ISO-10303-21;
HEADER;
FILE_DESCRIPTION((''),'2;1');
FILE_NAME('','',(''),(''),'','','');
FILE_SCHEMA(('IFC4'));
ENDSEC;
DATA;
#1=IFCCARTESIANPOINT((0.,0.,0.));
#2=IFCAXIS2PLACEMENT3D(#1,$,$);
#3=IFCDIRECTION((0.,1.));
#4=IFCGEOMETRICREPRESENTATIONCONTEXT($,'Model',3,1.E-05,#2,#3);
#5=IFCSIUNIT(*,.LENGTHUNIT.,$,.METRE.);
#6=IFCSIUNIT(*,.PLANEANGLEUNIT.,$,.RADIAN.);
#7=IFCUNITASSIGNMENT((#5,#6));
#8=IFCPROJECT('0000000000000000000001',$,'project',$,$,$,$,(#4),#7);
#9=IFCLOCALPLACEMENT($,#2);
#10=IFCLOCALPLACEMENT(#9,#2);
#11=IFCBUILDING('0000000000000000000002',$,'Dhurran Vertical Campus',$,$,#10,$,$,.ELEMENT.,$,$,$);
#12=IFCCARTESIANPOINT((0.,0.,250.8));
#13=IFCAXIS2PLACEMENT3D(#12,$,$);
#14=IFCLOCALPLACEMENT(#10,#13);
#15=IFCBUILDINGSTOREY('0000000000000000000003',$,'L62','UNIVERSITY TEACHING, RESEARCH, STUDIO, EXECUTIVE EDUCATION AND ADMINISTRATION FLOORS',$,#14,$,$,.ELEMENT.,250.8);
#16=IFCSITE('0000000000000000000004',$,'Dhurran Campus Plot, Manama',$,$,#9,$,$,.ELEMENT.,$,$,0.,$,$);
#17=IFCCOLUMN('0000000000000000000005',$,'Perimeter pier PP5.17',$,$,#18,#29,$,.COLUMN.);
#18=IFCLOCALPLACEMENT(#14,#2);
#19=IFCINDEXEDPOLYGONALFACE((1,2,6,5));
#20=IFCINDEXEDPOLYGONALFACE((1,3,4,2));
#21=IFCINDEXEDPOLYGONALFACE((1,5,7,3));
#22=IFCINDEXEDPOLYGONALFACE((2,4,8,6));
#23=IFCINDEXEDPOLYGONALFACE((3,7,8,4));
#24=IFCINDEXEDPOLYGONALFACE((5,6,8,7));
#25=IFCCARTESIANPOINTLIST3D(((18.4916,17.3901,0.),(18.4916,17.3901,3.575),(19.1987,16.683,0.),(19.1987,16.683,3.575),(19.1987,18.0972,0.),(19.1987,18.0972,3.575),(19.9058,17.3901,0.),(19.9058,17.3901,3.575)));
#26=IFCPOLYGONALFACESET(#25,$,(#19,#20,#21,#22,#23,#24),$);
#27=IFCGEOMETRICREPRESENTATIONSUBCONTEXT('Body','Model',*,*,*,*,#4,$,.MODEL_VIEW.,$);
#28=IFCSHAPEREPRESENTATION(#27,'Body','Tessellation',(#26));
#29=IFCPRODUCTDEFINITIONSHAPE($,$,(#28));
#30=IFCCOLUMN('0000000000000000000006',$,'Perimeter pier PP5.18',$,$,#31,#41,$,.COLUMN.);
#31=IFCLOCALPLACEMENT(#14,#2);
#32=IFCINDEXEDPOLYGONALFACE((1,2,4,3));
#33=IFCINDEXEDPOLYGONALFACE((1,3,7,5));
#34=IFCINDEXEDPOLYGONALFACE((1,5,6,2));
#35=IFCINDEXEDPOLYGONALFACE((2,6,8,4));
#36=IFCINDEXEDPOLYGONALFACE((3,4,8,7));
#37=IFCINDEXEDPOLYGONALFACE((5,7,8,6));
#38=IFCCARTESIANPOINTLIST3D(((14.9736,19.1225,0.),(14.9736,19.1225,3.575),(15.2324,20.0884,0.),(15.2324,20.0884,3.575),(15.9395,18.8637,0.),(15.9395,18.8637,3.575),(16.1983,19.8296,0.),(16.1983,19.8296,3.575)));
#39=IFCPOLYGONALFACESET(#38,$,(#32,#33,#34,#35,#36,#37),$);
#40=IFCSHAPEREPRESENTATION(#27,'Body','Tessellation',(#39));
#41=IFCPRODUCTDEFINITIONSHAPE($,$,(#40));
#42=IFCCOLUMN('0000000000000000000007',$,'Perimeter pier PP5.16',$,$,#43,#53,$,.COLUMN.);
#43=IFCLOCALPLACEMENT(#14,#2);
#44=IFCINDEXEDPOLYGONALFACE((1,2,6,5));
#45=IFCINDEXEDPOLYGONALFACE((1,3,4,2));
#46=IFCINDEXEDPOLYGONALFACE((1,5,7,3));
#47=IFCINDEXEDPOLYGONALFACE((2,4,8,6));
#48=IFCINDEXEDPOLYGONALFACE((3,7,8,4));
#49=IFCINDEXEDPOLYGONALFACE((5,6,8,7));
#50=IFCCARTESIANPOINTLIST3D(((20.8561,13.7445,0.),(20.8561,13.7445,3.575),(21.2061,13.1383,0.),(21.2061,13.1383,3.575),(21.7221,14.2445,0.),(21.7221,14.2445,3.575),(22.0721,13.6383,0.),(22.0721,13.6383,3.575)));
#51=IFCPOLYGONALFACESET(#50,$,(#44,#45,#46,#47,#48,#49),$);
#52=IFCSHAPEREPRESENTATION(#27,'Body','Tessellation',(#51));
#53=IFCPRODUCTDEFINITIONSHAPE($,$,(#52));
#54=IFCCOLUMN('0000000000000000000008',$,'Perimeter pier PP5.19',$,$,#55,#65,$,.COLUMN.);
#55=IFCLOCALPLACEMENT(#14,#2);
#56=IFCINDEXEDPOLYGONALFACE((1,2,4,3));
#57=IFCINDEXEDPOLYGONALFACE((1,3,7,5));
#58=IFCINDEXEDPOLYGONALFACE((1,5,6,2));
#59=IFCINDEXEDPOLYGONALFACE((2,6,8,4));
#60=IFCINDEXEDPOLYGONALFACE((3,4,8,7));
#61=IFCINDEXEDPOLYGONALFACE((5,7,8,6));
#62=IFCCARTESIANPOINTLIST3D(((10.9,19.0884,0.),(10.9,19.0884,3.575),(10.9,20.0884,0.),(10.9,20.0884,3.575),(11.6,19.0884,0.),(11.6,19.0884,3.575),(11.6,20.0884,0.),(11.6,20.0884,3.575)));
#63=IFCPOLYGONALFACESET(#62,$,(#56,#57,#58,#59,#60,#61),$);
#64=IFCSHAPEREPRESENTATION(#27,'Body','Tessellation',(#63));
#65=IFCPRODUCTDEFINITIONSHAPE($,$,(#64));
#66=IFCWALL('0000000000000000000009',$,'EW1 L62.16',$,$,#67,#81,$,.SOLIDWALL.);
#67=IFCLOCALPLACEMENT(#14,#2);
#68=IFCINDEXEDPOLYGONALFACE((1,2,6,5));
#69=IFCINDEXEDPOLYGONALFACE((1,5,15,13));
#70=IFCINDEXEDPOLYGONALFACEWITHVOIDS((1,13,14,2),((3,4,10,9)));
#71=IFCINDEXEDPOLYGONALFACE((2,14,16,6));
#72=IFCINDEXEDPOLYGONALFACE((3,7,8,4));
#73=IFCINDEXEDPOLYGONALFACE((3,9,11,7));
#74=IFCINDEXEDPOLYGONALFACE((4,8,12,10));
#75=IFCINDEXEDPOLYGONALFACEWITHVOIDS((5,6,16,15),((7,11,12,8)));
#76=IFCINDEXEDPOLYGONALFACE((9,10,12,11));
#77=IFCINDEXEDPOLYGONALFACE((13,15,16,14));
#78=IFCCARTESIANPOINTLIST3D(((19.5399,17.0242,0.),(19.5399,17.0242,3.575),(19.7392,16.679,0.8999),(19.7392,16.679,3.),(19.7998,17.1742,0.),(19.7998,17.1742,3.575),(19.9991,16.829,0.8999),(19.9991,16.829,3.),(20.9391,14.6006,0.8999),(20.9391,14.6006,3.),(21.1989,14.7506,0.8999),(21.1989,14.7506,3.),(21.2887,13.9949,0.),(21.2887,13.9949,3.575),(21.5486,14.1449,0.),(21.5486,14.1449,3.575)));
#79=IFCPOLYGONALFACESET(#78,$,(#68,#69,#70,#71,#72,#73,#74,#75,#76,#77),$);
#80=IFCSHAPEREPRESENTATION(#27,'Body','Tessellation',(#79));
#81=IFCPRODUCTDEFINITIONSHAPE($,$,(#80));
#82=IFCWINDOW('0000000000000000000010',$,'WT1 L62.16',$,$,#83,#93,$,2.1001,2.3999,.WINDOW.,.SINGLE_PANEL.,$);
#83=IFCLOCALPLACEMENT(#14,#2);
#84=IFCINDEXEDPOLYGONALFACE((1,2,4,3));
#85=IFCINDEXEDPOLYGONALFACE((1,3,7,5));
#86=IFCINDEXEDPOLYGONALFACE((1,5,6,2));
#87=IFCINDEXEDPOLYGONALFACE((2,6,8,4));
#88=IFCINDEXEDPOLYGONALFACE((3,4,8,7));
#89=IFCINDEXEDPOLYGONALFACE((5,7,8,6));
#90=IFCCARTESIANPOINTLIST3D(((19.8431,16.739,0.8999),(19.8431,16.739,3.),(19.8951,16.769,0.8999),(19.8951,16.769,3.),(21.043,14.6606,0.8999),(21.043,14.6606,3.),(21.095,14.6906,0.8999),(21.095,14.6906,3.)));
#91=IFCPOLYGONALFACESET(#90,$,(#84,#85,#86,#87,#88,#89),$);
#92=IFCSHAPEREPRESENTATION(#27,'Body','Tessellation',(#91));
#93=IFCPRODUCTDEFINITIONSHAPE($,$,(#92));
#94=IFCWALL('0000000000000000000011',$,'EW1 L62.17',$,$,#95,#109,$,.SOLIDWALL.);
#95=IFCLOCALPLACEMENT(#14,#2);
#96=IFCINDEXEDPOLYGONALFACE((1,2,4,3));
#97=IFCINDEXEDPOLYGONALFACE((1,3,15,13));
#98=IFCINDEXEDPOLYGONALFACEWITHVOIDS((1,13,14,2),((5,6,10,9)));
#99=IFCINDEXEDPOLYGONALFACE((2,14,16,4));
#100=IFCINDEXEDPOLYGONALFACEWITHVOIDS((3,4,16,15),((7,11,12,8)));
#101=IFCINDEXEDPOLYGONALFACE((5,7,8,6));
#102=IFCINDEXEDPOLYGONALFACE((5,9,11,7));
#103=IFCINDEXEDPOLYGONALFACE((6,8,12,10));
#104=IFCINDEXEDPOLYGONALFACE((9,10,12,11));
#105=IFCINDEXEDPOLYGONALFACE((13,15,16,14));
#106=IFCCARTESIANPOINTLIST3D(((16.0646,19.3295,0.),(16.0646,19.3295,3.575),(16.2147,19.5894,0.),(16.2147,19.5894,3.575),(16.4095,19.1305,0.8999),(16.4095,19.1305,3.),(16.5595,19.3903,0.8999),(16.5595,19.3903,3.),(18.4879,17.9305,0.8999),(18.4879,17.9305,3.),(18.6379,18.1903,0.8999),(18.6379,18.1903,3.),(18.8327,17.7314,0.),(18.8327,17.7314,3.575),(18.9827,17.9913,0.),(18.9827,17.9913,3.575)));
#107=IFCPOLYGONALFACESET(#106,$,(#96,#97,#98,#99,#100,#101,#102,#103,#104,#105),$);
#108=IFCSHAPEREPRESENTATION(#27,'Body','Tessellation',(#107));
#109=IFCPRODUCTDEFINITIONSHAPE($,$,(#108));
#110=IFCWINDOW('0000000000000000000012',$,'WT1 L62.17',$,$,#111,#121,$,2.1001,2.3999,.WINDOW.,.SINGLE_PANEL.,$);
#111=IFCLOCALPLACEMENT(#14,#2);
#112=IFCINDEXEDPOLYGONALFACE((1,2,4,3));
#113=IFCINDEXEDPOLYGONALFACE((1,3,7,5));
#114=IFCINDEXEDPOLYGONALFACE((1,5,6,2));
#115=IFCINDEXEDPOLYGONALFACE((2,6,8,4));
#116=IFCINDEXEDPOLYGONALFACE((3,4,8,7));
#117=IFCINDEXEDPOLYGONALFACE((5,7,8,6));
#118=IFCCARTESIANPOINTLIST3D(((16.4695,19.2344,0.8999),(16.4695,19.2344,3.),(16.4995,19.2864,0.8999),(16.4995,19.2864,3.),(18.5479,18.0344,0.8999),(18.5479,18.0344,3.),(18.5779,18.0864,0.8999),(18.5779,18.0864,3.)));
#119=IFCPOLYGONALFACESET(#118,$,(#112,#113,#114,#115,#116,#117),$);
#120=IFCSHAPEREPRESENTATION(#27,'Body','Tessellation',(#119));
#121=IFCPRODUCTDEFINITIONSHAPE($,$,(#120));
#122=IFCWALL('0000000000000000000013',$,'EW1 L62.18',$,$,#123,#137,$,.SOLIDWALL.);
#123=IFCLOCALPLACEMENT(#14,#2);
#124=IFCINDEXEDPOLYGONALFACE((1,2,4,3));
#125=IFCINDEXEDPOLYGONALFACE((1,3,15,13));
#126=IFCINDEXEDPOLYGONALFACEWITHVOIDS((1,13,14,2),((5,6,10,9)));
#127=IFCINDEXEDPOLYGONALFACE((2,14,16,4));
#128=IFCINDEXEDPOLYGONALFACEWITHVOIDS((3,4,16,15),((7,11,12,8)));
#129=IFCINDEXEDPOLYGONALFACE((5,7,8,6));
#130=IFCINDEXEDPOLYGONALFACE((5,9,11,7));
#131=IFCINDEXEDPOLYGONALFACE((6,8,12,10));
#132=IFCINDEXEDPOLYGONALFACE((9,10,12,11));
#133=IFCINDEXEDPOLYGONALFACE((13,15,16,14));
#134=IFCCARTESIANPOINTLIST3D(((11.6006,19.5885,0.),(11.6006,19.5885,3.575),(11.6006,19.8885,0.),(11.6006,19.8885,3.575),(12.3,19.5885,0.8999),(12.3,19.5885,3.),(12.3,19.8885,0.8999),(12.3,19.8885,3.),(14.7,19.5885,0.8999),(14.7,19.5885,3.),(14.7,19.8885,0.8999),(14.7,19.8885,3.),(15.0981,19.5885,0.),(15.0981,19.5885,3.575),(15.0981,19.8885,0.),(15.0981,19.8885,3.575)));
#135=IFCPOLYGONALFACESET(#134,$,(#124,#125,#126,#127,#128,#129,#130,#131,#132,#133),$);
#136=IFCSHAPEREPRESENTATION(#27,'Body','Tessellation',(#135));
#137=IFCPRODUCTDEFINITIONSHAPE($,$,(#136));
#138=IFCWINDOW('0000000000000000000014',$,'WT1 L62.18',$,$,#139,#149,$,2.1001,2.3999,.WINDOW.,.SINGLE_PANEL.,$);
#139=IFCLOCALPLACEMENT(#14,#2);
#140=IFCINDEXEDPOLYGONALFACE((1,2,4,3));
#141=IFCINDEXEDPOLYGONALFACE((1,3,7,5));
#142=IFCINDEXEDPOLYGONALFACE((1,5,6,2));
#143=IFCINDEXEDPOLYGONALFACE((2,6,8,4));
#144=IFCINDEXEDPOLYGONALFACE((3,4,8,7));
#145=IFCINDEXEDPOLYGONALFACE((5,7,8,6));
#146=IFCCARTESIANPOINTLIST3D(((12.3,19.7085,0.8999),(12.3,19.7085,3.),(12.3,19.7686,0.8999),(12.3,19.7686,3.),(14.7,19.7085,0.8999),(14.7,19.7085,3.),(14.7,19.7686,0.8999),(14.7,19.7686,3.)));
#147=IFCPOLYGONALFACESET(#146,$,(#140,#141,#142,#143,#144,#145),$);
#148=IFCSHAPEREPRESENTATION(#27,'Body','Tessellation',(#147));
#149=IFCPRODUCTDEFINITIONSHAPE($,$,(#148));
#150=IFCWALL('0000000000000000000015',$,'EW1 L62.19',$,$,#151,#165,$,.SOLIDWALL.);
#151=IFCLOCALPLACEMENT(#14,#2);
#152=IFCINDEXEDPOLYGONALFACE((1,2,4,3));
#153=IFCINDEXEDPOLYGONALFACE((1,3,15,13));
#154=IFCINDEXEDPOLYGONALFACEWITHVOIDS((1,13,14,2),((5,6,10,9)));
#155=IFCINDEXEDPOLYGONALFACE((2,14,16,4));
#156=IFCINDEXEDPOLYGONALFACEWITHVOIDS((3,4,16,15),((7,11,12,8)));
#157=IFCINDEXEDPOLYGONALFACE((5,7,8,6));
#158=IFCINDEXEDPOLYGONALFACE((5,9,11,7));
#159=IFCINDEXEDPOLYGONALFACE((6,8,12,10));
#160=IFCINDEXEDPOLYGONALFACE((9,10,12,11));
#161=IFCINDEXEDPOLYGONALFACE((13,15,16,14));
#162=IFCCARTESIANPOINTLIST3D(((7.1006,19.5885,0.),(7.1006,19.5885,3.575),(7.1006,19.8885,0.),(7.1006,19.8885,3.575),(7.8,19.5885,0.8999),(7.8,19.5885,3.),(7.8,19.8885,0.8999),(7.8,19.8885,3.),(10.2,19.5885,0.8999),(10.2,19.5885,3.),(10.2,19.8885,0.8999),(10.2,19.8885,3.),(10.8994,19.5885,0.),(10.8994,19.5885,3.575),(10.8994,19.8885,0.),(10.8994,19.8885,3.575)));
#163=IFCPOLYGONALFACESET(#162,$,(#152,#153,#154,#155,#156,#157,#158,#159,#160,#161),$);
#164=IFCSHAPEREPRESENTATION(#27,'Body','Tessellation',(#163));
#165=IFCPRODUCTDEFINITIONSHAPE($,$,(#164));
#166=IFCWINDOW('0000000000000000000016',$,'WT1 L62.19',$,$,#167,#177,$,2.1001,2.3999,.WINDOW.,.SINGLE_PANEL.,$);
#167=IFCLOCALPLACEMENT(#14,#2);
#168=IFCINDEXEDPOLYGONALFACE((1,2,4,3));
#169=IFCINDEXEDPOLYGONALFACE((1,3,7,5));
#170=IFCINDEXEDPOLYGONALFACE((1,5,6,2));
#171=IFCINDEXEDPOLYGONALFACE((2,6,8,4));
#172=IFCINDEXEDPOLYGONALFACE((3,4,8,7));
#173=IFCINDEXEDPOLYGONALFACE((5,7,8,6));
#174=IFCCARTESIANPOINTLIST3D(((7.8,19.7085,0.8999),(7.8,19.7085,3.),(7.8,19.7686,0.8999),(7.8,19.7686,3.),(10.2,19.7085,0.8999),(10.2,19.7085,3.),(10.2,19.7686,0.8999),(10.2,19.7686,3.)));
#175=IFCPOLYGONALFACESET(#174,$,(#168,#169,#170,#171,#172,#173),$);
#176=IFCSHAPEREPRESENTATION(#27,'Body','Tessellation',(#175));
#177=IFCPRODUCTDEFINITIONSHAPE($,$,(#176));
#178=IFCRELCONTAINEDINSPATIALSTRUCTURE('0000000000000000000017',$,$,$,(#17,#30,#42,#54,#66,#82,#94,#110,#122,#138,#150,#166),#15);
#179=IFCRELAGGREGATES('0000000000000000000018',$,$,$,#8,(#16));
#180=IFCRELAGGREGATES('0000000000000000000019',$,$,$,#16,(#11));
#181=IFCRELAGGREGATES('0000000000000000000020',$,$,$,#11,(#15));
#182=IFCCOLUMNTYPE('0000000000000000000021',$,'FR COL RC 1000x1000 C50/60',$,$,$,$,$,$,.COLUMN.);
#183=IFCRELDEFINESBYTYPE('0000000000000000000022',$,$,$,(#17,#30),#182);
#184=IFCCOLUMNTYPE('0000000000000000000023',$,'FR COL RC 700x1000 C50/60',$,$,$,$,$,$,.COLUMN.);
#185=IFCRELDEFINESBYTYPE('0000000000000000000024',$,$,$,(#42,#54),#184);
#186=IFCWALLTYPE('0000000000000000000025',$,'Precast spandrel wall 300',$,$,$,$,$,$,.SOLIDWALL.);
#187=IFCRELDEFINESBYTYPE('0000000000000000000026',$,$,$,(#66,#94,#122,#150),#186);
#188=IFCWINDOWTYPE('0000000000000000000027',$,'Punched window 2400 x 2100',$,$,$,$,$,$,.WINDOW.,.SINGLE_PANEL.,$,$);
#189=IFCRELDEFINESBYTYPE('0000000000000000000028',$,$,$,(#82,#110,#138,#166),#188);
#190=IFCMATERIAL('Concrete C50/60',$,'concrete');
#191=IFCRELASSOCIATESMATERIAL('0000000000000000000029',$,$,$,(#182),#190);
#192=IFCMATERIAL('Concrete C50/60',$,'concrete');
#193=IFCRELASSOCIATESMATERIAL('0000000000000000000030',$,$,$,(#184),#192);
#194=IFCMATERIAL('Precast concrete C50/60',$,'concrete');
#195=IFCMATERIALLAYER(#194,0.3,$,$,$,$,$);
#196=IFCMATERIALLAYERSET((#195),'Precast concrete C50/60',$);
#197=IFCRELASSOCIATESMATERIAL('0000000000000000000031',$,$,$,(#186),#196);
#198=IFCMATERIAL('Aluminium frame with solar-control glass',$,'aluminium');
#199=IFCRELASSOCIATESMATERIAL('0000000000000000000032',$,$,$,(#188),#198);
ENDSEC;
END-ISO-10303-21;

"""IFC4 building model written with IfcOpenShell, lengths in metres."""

from ifc_helpers import new_model, si_unit, direction, frame, frame_2d, origin, origin_2d, place, context, subcontext, project, spatial, rectangle, extrude, material, layer, layer_set, material_profile, profile_set, type_object, element, fill, save


model = new_model("IFC4")

# Units and contexts
model_context = context("Model", 3, precision=1e-05, world=origin(), true_north=direction((0.0, 1.0)))
body_context = subcontext(model_context, "Body", "Model", "MODEL_VIEW")
ifc_project = project(units=[si_unit("LENGTHUNIT", "METRE"), si_unit("PLANEANGLEUNIT", "RADIAN")], contexts=[model_context])

# Site, building, storey
site_placement = place(None, origin())
site = spatial("IfcSite", under=ifc_project, at=site_placement, Name="Dhurran Campus Plot, Manama", CompositionType="ELEMENT", RefElevation=0.0)
building_placement = place(site_placement, origin())
building = spatial("IfcBuilding", under=site, at=building_placement, Name="Dhurran Vertical Campus", CompositionType="ELEMENT")
storey_placement = place(building_placement, frame((0.0, 0.0, 250.8)))
storey = spatial("IfcBuildingStorey", under=building, at=storey_placement, Name="L62", Description="UNIVERSITY TEACHING, RESEARCH, STUDIO, EXECUTIVE EDUCATION AND ADMINISTRATION FLOORS", CompositionType="ELEMENT", Elevation=250.8)

# Columns
ifc_material_1 = material(Name="Concrete C50/60", Category="concrete")
ifc_material_profile_1 = material_profile(ifc_material_1, rectangle(XDim=1.0, YDim=1.0, at=origin_2d()), Name="RC 1000x1000")
ifc_profile_set_1 = profile_set([ifc_material_profile_1], Name="Concrete C50/60")
column_type_1 = type_object("IfcColumnType", Name="FR COL RC 1000x1000 C50/60", PredefinedType="COLUMN", material=ifc_profile_set_1)
for number, where, z_axis, x_axis, name in (
    (1, (19.1987, 17.3901, 0.0), (0.0, 0.0, 1.0), (-0.707107, 0.707107, 0.0), "Perimeter pier PP5.17"),
    (2, (15.5859, 19.4761, 0.0), (0.0, 0.0, 1.0), (-0.965926, 0.258819, 0.0), "Perimeter pier PP5.18"),
):
    element("IfcColumn", number, at=place(storey_placement, frame(where, z_axis=z_axis, x_axis=x_axis)), inside=storey, type_object=column_type_1, Name=name, PredefinedType="COLUMN", context=body_context, shape_type="SweptSolid", body=[
        extrude(rectangle(XDim=1.0, YDim=1.0, at=origin_2d()), origin(), (0.0, 0.0, 1.0), 3.575),
    ])
ifc_material_2 = material(Name="Concrete C50/60", Category="concrete")
ifc_material_profile_2 = material_profile(ifc_material_2, rectangle(XDim=0.7, YDim=1.0, at=origin_2d()), Name="RC 700x1000")
ifc_profile_set_2 = profile_set([ifc_material_profile_2], Name="Concrete C50/60")
column_type_2 = type_object("IfcColumnType", Name="FR COL RC 700x1000 C50/60", PredefinedType="COLUMN", material=ifc_profile_set_2)
for number, where, z_axis, x_axis, name in (
    (3, (21.4641, 13.6914, 0.0), (0.0, 0.0, 1.0), (-0.5, 0.866025, 0.0), "Perimeter pier PP5.16"),
    (4, (11.25, 19.5884, 0.0), (0.0, 0.0, 1.0), (-1.0, 0.0, 0.0), "Perimeter pier PP5.19"),
):
    element("IfcColumn", number, at=place(storey_placement, frame(where, z_axis=z_axis, x_axis=x_axis)), inside=storey, type_object=column_type_2, Name=name, PredefinedType="COLUMN", context=body_context, shape_type="SweptSolid", body=[
        extrude(rectangle(XDim=0.7, YDim=1.0, at=origin_2d()), origin(), (0.0, 0.0, 1.0), 3.575),
    ])

# Walls, openings, windows
ifc_material_3 = material(Name="Precast concrete C50/60", Category="concrete")
ifc_layer_1 = layer(ifc_material_3, 0.3)
ifc_layer_set_1 = layer_set([ifc_layer_1], Name="Precast concrete C50/60")
wall_type_1 = type_object("IfcWallType", Name="Precast spandrel wall 300", PredefinedType="SOLIDWALL", material=ifc_layer_set_1)
wall_1_placement = place(storey_placement, frame((21.4187, 14.0698, 0.0), z_axis=(0.0, 0.0, 1.0), x_axis=(-0.49996, 0.866048, 0.0)))
wall_1 = element("IfcWall", 5, at=wall_1_placement, inside=storey, type_object=wall_type_1, Name="EW1 L62.16", PredefinedType="SOLIDWALL", context=body_context, shape_type="SweptSolid", body=[
    extrude(rectangle(XDim=3.4978, YDim=0.3, at=frame_2d((1.749, 0.0))), origin(), (0.0, 0.0, 1.0), 3.575),
])
opening_1_placement = place(wall_1_placement, frame((0.6995, 0.0, 0.8999)))
opening_1 = element("IfcOpeningElement", 6, at=opening_1_placement, cuts=wall_1, PredefinedType="OPENING", context=body_context, shape_type="SweptSolid", body=[
    extrude(rectangle(XDim=2.3999, YDim=2.1001, at=frame_2d((1.2, 1.05))), frame((0.0, 0.1599, 0.0), z_axis=(0.0, -1.0, 0.0), x_axis=(1.0, 0.0, 0.0)), (0.0, 0.0, 1.0), 0.3201),
])
ifc_material_4 = material(Name="Aluminium frame with solar-control glass", Category="aluminium")
window_type = type_object("IfcWindowType", Name="Punched window 2400 x 2100", PartitioningType="SINGLE_PANEL", PredefinedType="WINDOW", material=ifc_material_4)
window_1_placement = place(opening_1_placement, origin())
window_1 = element("IfcWindow", 7, at=window_1_placement, inside=storey, type_object=window_type, Name="WT1 L62.16", OverallHeight=2.1001, OverallWidth=2.3999, PartitioningType="SINGLE_PANEL", PredefinedType="WINDOW", context=body_context, shape_type="SweptSolid", body=[
    extrude(rectangle(XDim=2.3999, YDim=2.1001, at=frame_2d((1.2, 1.05))), frame((0.0, 0.03, 0.0), z_axis=(0.0, -1.0, 0.0), x_axis=(1.0, 0.0, 0.0)), (0.0, 0.0, 1.0), 0.0601),
])
fill(opening_1, window_1)
wall_2_placement = place(storey_placement, frame((18.9077, 17.8613, 0.0), z_axis=(0.0, 0.0, 1.0), x_axis=(-0.866025, 0.5, 0.0)))
wall_2 = element("IfcWall", 8, at=wall_2_placement, inside=storey, type_object=wall_type_1, Name="EW1 L62.17", PredefinedType="SOLIDWALL", context=body_context, shape_type="SweptSolid", body=[
    extrude(rectangle(XDim=3.1963, YDim=0.3, at=frame_2d((1.5981, 0.0))), origin(), (0.0, 0.0, 1.0), 3.575),
])
opening_2_placement = place(wall_2_placement, frame((0.3982, 0.0, 0.8999)))
opening_2 = element("IfcOpeningElement", 9, at=opening_2_placement, cuts=wall_2, PredefinedType="OPENING", context=body_context, shape_type="SweptSolid", body=[
    extrude(rectangle(XDim=2.3999, YDim=2.1001, at=frame_2d((1.2, 1.05))), frame((0.0, 0.1599, 0.0), z_axis=(0.0, -1.0, 0.0), x_axis=(1.0, 0.0, 0.0)), (0.0, 0.0, 1.0), 0.3201),
])
window_2_placement = place(opening_2_placement, origin())
window_2 = element("IfcWindow", 10, at=window_2_placement, inside=storey, type_object=window_type, Name="WT1 L62.17", OverallHeight=2.1001, OverallWidth=2.3999, PartitioningType="SINGLE_PANEL", PredefinedType="WINDOW", context=body_context, shape_type="SweptSolid", body=[
    extrude(rectangle(XDim=2.3999, YDim=2.1001, at=frame_2d((1.2, 1.05))), frame((0.0, 0.03, 0.0), z_axis=(0.0, -1.0, 0.0), x_axis=(1.0, 0.0, 0.0)), (0.0, 0.0, 1.0), 0.0601),
])
fill(opening_2, window_2)
wall_3_placement = place(storey_placement, frame((15.0981, 19.7385, 0.0), z_axis=(0.0, 0.0, 1.0), x_axis=(-1.0, 0.0, 0.0)))
wall_3 = element("IfcWall", 11, at=wall_3_placement, inside=storey, type_object=wall_type_1, Name="EW1 L62.18", PredefinedType="SOLIDWALL", context=body_context, shape_type="SweptSolid", body=[
    extrude(rectangle(XDim=3.4976, YDim=0.3, at=frame_2d((1.7488, 0.0))), origin(), (0.0, 0.0, 1.0), 3.575),
])
opening_3_placement = place(wall_3_placement, frame((0.3982, 0.0, 0.8999)))
opening_3 = element("IfcOpeningElement", 12, at=opening_3_placement, cuts=wall_3, PredefinedType="OPENING", context=body_context, shape_type="SweptSolid", body=[
    extrude(rectangle(XDim=2.3999, YDim=2.1001, at=frame_2d((1.2, 1.05))), frame((0.0, 0.1599, 0.0), z_axis=(0.0, -1.0, 0.0), x_axis=(1.0, 0.0, 0.0)), (0.0, 0.0, 1.0), 0.3201),
])
window_3_placement = place(opening_3_placement, origin())
window_3 = element("IfcWindow", 13, at=window_3_placement, inside=storey, type_object=window_type, Name="WT1 L62.18", OverallHeight=2.1001, OverallWidth=2.3999, PartitioningType="SINGLE_PANEL", PredefinedType="WINDOW", context=body_context, shape_type="SweptSolid", body=[
    extrude(rectangle(XDim=2.3999, YDim=2.1001, at=frame_2d((1.2, 1.05))), frame((0.0, 0.03, 0.0), z_axis=(0.0, -1.0, 0.0), x_axis=(1.0, 0.0, 0.0)), (0.0, 0.0, 1.0), 0.0601),
])
fill(opening_3, window_3)
wall_4_placement = place(storey_placement, frame((10.8994, 19.7385, 0.0), z_axis=(0.0, 0.0, 1.0), x_axis=(-1.0, 0.0, 0.0)))
wall_4 = element("IfcWall", 14, at=wall_4_placement, inside=storey, type_object=wall_type_1, Name="EW1 L62.19", PredefinedType="SOLIDWALL", context=body_context, shape_type="SweptSolid", body=[
    extrude(rectangle(XDim=3.7988, YDim=0.3, at=frame_2d((1.8994, 0.0))), origin(), (0.0, 0.0, 1.0), 3.575),
])
opening_4_placement = place(wall_4_placement, frame((0.6995, 0.0, 0.8999)))
opening_4 = element("IfcOpeningElement", 15, at=opening_4_placement, cuts=wall_4, PredefinedType="OPENING", context=body_context, shape_type="SweptSolid", body=[
    extrude(rectangle(XDim=2.3999, YDim=2.1001, at=frame_2d((1.2, 1.05))), frame((0.0, 0.1599, 0.0), z_axis=(0.0, -1.0, 0.0), x_axis=(1.0, 0.0, 0.0)), (0.0, 0.0, 1.0), 0.3201),
])
window_4_placement = place(opening_4_placement, origin())
window_4 = element("IfcWindow", 16, at=window_4_placement, inside=storey, type_object=window_type, Name="WT1 L62.19", OverallHeight=2.1001, OverallWidth=2.3999, PartitioningType="SINGLE_PANEL", PredefinedType="WINDOW", context=body_context, shape_type="SweptSolid", body=[
    extrude(rectangle(XDim=2.3999, YDim=2.1001, at=frame_2d((1.2, 1.05))), frame((0.0, 0.03, 0.0), z_axis=(0.0, -1.0, 0.0), x_axis=(1.0, 0.0, 0.0)), (0.0, 0.0, 1.0), 0.0601),
])
fill(opening_4, window_4)

save(model, "model.ifc")
